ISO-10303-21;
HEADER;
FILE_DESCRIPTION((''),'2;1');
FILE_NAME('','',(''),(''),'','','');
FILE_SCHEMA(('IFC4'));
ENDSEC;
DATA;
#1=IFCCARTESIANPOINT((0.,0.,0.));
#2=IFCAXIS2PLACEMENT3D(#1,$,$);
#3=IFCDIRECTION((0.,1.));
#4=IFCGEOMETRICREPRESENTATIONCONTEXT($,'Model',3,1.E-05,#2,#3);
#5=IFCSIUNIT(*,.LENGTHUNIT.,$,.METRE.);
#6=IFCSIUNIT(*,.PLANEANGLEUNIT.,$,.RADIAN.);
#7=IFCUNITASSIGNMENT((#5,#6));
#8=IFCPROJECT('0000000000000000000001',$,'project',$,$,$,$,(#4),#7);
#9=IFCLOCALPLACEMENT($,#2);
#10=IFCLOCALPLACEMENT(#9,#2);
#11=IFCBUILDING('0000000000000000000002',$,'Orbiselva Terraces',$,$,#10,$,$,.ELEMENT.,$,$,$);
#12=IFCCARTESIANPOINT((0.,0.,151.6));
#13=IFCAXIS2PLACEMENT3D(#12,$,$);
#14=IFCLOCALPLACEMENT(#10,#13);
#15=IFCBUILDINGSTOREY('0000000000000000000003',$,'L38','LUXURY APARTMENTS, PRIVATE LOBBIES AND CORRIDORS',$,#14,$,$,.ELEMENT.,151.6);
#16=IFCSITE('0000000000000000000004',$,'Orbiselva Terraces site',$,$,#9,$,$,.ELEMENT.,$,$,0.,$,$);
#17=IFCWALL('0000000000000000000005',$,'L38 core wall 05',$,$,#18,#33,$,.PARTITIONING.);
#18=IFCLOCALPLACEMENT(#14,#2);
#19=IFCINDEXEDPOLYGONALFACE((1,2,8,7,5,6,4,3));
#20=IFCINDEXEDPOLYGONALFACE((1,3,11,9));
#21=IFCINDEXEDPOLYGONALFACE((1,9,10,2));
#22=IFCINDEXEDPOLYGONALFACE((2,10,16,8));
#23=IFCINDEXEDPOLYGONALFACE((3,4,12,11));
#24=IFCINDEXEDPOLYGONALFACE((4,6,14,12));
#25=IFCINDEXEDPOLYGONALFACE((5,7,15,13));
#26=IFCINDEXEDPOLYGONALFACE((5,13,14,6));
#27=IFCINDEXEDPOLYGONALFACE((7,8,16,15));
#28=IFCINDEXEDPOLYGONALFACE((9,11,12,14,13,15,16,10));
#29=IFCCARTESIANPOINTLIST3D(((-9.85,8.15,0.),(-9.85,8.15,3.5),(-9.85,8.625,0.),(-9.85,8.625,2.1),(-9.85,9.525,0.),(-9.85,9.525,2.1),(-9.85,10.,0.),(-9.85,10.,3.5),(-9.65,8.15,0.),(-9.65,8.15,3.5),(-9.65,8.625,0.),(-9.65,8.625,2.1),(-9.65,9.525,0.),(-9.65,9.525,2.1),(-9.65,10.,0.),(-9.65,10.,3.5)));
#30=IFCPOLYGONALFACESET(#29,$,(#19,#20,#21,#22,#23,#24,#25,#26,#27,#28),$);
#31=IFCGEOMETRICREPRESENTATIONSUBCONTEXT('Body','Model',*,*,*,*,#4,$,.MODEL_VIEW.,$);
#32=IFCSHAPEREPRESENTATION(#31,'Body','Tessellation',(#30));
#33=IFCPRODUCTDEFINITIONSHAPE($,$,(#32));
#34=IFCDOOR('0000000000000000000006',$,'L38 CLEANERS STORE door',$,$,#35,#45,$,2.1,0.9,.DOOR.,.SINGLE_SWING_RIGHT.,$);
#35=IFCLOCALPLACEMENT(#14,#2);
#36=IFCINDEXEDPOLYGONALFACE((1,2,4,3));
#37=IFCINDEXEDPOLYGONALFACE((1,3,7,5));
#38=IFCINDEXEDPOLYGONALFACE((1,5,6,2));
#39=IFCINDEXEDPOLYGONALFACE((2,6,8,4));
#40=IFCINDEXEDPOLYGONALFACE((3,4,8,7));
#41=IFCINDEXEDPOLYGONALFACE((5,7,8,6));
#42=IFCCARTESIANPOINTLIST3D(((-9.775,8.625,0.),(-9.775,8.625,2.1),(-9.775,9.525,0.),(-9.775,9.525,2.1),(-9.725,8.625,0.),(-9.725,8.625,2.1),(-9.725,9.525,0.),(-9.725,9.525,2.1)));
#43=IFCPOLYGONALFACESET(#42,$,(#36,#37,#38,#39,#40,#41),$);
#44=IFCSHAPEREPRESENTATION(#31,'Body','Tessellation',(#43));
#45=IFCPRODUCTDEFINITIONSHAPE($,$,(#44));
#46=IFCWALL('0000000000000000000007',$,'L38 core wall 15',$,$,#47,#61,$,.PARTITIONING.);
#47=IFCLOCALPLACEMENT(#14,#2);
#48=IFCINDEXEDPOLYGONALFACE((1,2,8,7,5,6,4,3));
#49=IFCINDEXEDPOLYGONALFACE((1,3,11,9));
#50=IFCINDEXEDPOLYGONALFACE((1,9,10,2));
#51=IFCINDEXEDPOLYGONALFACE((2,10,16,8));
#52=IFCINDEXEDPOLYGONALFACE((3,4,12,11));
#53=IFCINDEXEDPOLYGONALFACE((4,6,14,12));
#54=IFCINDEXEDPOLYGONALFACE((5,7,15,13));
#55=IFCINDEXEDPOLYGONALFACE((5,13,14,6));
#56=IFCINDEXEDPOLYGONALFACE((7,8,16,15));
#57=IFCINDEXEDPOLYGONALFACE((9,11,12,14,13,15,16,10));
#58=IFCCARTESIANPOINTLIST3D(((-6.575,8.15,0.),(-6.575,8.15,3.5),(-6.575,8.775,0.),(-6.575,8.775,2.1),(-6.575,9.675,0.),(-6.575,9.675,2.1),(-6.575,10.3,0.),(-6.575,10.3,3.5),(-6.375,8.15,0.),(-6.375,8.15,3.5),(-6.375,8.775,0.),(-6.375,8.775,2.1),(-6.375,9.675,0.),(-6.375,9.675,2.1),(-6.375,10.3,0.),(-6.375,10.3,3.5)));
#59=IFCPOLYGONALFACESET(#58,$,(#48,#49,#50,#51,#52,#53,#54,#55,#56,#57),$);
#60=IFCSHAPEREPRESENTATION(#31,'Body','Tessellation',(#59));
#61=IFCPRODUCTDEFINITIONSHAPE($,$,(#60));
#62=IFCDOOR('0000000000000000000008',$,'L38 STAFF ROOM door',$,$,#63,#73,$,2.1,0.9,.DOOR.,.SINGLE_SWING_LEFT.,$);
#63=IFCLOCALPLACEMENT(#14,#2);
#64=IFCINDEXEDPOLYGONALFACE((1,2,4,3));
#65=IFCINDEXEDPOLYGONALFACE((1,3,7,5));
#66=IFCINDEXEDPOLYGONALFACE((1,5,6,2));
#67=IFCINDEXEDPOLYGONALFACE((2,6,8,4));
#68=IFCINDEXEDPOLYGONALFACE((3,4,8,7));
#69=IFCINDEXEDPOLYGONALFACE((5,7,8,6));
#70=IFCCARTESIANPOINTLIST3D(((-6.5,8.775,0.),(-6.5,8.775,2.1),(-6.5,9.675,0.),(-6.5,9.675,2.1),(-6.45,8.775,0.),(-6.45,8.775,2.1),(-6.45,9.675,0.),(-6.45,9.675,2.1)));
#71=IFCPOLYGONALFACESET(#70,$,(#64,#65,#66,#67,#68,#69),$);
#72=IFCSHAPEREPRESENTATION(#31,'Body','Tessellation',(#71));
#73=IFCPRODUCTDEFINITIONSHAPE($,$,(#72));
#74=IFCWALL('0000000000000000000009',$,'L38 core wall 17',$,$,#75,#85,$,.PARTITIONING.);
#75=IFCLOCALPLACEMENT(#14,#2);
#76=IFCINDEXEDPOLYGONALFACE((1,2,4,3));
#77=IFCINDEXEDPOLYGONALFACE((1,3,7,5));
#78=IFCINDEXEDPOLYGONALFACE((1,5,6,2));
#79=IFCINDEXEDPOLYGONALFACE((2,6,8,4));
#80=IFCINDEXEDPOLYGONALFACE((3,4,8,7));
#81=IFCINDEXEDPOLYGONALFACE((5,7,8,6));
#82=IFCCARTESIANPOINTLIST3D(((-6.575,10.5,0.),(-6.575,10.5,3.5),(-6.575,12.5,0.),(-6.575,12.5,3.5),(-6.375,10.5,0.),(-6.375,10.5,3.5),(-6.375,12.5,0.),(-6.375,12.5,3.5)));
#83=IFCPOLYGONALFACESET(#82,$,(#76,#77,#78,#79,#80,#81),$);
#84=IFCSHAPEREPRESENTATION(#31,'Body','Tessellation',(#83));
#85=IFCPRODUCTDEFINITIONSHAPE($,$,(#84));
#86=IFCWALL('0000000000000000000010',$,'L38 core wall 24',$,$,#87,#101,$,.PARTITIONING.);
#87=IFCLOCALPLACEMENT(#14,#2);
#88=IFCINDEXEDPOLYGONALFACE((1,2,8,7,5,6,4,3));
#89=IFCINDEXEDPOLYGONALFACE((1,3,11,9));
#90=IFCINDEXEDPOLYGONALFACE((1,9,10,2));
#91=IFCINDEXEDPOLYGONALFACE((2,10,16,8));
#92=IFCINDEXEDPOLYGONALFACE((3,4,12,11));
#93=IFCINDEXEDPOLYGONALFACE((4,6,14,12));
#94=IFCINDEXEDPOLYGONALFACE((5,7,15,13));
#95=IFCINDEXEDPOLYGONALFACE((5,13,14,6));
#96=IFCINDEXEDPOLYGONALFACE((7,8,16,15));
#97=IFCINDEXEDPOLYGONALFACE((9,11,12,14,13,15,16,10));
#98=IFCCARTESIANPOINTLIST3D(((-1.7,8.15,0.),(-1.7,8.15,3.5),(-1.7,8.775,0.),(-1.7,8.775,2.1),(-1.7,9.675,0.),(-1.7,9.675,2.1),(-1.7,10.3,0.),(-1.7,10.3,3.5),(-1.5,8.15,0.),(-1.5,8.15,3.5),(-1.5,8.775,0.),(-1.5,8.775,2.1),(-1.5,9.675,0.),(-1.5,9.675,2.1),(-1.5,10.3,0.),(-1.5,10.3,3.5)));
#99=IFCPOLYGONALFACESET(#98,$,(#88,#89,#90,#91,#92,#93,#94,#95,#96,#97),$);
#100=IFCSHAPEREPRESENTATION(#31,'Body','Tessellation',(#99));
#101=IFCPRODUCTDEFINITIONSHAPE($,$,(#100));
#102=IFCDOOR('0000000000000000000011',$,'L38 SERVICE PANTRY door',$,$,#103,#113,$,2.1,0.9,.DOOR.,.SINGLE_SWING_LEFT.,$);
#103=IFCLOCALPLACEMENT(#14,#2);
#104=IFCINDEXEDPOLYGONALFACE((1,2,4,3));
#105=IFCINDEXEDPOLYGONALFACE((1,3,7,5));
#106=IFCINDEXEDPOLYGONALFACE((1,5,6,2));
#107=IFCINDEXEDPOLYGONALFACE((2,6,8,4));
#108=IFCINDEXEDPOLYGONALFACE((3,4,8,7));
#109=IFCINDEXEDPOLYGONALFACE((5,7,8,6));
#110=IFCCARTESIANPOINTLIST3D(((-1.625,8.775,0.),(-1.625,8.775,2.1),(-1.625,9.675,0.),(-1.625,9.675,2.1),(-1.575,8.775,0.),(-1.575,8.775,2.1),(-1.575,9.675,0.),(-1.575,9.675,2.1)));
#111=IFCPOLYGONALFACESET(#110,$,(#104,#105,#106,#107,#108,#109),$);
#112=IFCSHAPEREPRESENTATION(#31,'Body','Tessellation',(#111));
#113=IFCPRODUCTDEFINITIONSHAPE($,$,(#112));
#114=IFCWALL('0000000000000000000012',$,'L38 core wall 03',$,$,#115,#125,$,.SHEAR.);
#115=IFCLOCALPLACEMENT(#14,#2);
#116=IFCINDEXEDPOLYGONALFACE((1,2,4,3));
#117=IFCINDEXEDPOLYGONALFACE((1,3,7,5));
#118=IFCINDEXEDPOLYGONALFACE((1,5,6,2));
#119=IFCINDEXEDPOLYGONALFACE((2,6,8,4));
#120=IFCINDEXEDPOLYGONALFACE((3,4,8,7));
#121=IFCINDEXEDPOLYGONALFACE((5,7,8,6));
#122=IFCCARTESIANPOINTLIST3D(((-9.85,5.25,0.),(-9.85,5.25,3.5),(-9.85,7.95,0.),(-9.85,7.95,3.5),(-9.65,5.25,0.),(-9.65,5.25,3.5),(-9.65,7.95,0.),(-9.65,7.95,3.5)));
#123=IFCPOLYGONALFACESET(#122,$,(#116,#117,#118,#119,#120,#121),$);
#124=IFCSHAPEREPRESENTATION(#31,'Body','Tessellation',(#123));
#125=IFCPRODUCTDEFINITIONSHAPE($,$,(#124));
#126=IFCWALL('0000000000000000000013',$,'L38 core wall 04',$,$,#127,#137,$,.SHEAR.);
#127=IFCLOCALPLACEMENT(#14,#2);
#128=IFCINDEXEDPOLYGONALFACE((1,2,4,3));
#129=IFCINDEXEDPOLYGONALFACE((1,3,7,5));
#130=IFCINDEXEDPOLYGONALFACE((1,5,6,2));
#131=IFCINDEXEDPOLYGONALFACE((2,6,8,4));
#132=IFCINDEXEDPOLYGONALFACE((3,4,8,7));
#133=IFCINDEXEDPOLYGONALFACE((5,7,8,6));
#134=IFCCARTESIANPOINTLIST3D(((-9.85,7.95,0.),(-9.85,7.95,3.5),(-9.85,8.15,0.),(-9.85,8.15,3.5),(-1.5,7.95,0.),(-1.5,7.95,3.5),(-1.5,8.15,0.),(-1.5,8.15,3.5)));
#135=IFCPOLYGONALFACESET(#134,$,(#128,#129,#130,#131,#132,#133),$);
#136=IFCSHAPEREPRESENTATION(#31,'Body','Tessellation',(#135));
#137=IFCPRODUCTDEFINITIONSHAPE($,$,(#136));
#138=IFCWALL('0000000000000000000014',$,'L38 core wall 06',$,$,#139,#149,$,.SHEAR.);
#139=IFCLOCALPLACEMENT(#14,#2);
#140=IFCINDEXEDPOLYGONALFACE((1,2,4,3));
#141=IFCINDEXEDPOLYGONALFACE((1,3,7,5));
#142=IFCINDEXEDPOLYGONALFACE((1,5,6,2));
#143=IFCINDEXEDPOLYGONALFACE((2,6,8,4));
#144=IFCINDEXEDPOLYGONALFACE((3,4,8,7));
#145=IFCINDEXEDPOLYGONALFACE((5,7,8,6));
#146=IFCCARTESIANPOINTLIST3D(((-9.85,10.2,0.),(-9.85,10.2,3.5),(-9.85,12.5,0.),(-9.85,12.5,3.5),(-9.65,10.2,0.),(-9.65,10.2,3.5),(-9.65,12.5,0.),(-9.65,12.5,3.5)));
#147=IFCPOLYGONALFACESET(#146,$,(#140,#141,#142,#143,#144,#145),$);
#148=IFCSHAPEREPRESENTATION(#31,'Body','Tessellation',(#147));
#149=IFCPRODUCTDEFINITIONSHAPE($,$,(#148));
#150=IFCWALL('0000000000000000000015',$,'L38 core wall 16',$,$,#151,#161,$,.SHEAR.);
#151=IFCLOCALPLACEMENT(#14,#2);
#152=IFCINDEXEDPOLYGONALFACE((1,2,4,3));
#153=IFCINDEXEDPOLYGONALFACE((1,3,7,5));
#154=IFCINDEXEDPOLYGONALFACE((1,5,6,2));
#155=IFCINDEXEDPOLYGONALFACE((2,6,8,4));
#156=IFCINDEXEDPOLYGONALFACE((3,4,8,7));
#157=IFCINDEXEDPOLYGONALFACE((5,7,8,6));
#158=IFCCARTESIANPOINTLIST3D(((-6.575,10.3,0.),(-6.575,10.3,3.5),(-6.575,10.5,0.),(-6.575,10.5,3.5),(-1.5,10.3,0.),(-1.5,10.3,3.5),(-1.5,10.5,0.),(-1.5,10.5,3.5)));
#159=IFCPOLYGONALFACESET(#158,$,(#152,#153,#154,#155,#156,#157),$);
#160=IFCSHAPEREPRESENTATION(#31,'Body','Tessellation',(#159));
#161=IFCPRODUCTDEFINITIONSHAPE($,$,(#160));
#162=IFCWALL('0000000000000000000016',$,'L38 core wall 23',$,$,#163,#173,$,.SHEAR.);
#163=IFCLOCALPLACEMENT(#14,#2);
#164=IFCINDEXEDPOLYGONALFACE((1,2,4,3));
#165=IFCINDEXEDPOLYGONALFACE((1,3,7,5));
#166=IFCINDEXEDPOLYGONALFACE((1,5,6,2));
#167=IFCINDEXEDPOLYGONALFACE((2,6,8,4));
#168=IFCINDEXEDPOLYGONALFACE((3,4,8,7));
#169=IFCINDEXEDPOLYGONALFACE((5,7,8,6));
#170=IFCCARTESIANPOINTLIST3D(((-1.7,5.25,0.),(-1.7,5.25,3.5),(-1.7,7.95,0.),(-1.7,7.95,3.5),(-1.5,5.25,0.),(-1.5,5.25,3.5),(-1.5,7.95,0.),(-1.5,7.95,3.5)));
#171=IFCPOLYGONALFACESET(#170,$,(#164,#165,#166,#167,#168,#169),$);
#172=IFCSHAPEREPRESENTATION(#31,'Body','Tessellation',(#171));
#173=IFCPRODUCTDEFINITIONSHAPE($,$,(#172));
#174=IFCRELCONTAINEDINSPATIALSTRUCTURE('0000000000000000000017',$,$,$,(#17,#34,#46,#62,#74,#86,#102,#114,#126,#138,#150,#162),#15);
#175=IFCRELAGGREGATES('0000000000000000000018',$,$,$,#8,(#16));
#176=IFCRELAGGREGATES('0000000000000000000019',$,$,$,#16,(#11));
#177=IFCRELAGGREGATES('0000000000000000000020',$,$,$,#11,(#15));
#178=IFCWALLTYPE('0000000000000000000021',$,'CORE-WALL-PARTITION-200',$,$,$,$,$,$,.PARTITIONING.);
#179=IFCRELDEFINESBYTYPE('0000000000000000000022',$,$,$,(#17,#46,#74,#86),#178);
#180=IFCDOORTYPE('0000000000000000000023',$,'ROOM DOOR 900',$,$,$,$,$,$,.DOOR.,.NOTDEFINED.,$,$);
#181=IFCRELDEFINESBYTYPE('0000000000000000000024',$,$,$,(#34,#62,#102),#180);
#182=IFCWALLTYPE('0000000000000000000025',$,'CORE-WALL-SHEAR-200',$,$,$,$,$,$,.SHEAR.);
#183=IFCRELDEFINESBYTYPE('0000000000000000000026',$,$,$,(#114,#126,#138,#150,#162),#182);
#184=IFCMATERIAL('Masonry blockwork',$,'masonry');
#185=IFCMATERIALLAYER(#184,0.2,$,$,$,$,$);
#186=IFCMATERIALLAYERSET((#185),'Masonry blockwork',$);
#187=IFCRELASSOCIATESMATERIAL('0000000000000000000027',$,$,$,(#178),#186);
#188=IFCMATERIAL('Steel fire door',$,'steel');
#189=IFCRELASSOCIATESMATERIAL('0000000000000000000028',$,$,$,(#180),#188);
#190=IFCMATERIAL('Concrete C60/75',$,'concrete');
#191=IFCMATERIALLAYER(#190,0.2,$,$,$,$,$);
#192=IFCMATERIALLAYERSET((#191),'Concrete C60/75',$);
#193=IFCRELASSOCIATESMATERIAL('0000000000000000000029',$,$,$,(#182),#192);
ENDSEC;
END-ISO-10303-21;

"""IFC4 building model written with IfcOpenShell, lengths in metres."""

from ifc_helpers import new_model, si_unit, direction, frame, frame_2d, origin, place, context, subcontext, project, spatial, rectangle, extrude, material, layer, layer_set, type_object, element, fill, save


model = new_model("IFC4")

# Units and contexts
model_context = context("Model", 3, precision=1e-05, world=origin(), true_north=direction((0.0, 1.0)))
body_context = subcontext(model_context, "Body", "Model", "MODEL_VIEW")
ifc_project = project(units=[si_unit("LENGTHUNIT", "METRE"), si_unit("PLANEANGLEUNIT", "RADIAN")], contexts=[model_context])

# Site, building, storey
site_placement = place(None, origin())
site = spatial("IfcSite", under=ifc_project, at=site_placement, Name="Orbiselva Terraces site", CompositionType="ELEMENT", RefElevation=0.0)
building_placement = place(site_placement, origin())
building = spatial("IfcBuilding", under=site, at=building_placement, Name="Orbiselva Terraces", CompositionType="ELEMENT")
storey_placement = place(building_placement, frame((0.0, 0.0, 151.6)))
storey = spatial("IfcBuildingStorey", under=building, at=storey_placement, Name="L38", Description="LUXURY APARTMENTS, PRIVATE LOBBIES AND CORRIDORS", CompositionType="ELEMENT", Elevation=151.6)

# Walls, openings, doors
ifc_material_1 = material(Name="Masonry blockwork", Category="masonry")
ifc_layer_1 = layer(ifc_material_1, 0.2)
ifc_layer_set_1 = layer_set([ifc_layer_1], Name="Masonry blockwork")
wall_type_1 = type_object("IfcWallType", Name="CORE-WALL-PARTITION-200", PredefinedType="PARTITIONING", material=ifc_layer_set_1)
wall_1_placement = place(storey_placement, frame((-9.75, 8.15, 0.0), z_axis=(0.0, 0.0, 1.0), x_axis=(0.0, 1.0, 0.0)))
wall_1 = element("IfcWall", 1, at=wall_1_placement, inside=storey, type_object=wall_type_1, Name="L38 core wall 05", PredefinedType="PARTITIONING", context=body_context, shape_type="SweptSolid", body=[
    extrude(rectangle(XDim=1.85, YDim=0.2, at=frame_2d((0.925, 0.0))), origin(), (0.0, 0.0, 1.0), 3.5),
])
opening_1_placement = place(wall_1_placement, frame((0.475, 0.0, 0.0)))
opening_1 = element("IfcOpeningElement", 2, at=opening_1_placement, cuts=wall_1, PredefinedType="OPENING", context=body_context, shape_type="SweptSolid", body=[
    extrude(rectangle(XDim=0.9, YDim=2.1, at=frame_2d((0.45, 1.05))), frame((0.0, 0.11, 0.0), z_axis=(0.0, -1.0, 0.0), x_axis=(1.0, 0.0, 0.0)), (0.0, 0.0, 1.0), 0.22),
])
ifc_material_2 = material(Name="Steel fire door", Category="steel")
door_type = type_object("IfcDoorType", Name="ROOM DOOR 900", OperationType="NOTDEFINED", PredefinedType="DOOR", material=ifc_material_2)
door_1_placement = place(opening_1_placement, origin())
door_1 = element("IfcDoor", 3, at=door_1_placement, inside=storey, type_object=door_type, Name="L38 CLEANERS STORE door", OperationType="SINGLE_SWING_RIGHT", OverallHeight=2.1, OverallWidth=0.9, PredefinedType="DOOR", context=body_context, shape_type="SweptSolid", body=[
    extrude(rectangle(XDim=0.9, YDim=2.1, at=frame_2d((0.45, 1.05))), frame((0.0, 0.025, 0.0), z_axis=(0.0, -1.0, 0.0), x_axis=(1.0, 0.0, 0.0)), (0.0, 0.0, 1.0), 0.05),
])
fill(opening_1, door_1)
wall_2_placement = place(storey_placement, frame((-6.475, 8.15, 0.0), z_axis=(0.0, 0.0, 1.0), x_axis=(0.0, 1.0, 0.0)))
wall_2 = element("IfcWall", 4, at=wall_2_placement, inside=storey, type_object=wall_type_1, Name="L38 core wall 15", PredefinedType="PARTITIONING", context=body_context, shape_type="SweptSolid", body=[
    extrude(rectangle(XDim=2.15, YDim=0.2, at=frame_2d((1.075, 0.0))), origin(), (0.0, 0.0, 1.0), 3.5),
])
opening_2_placement = place(wall_2_placement, frame((0.625, 0.0, 0.0)))
opening_2 = element("IfcOpeningElement", 5, at=opening_2_placement, cuts=wall_2, PredefinedType="OPENING", context=body_context, shape_type="SweptSolid", body=[
    extrude(rectangle(XDim=0.9, YDim=2.1, at=frame_2d((0.45, 1.05))), frame((0.0, 0.11, 0.0), z_axis=(0.0, -1.0, 0.0), x_axis=(1.0, 0.0, 0.0)), (0.0, 0.0, 1.0), 0.22),
])
door_2_placement = place(opening_2_placement, origin())
door_2 = element("IfcDoor", 6, at=door_2_placement, inside=storey, type_object=door_type, Name="L38 STAFF ROOM door", OperationType="SINGLE_SWING_LEFT", OverallHeight=2.1, OverallWidth=0.9, PredefinedType="DOOR", context=body_context, shape_type="SweptSolid", body=[
    extrude(rectangle(XDim=0.9, YDim=2.1, at=frame_2d((0.45, 1.05))), frame((0.0, 0.025, 0.0), z_axis=(0.0, -1.0, 0.0), x_axis=(1.0, 0.0, 0.0)), (0.0, 0.0, 1.0), 0.05),
])
fill(opening_2, door_2)

# Wall
wall_3_placement = place(storey_placement, frame((-6.475, 10.5, 0.0), z_axis=(0.0, 0.0, 1.0), x_axis=(0.0, 1.0, 0.0)))
element("IfcWall", 7, at=wall_3_placement, inside=storey, type_object=wall_type_1, Name="L38 core wall 17", PredefinedType="PARTITIONING", context=body_context, shape_type="SweptSolid", body=[
    extrude(rectangle(XDim=2.0, YDim=0.2, at=frame_2d((1.0, 0.0))), origin(), (0.0, 0.0, 1.0), 3.5),
])

# Wall, opening, door
wall_4_placement = place(storey_placement, frame((-1.6, 8.15, 0.0), z_axis=(0.0, 0.0, 1.0), x_axis=(0.0, 1.0, 0.0)))
wall_4 = element("IfcWall", 8, at=wall_4_placement, inside=storey, type_object=wall_type_1, Name="L38 core wall 24", PredefinedType="PARTITIONING", context=body_context, shape_type="SweptSolid", body=[
    extrude(rectangle(XDim=2.15, YDim=0.2, at=frame_2d((1.075, 0.0))), origin(), (0.0, 0.0, 1.0), 3.5),
])
opening_3_placement = place(wall_4_placement, frame((0.625, 0.0, 0.0)))
opening_3 = element("IfcOpeningElement", 9, at=opening_3_placement, cuts=wall_4, PredefinedType="OPENING", context=body_context, shape_type="SweptSolid", body=[
    extrude(rectangle(XDim=0.9, YDim=2.1, at=frame_2d((0.45, 1.05))), frame((0.0, 0.11, 0.0), z_axis=(0.0, -1.0, 0.0), x_axis=(1.0, 0.0, 0.0)), (0.0, 0.0, 1.0), 0.22),
])
door_3_placement = place(opening_3_placement, origin())
door_3 = element("IfcDoor", 10, at=door_3_placement, inside=storey, type_object=door_type, Name="L38 SERVICE PANTRY door", OperationType="SINGLE_SWING_LEFT", OverallHeight=2.1, OverallWidth=0.9, PredefinedType="DOOR", context=body_context, shape_type="SweptSolid", body=[
    extrude(rectangle(XDim=0.9, YDim=2.1, at=frame_2d((0.45, 1.05))), frame((0.0, 0.025, 0.0), z_axis=(0.0, -1.0, 0.0), x_axis=(1.0, 0.0, 0.0)), (0.0, 0.0, 1.0), 0.05),
])
fill(opening_3, door_3)

# Walls
ifc_material_3 = material(Name="Concrete C60/75", Category="concrete")
ifc_layer_2 = layer(ifc_material_3, 0.2)
ifc_layer_set_2 = layer_set([ifc_layer_2], Name="Concrete C60/75")
wall_type_2 = type_object("IfcWallType", Name="CORE-WALL-SHEAR-200", PredefinedType="SHEAR", material=ifc_layer_set_2)
wall_5_placement = place(storey_placement, frame((-9.75, 5.25, 0.0), z_axis=(0.0, 0.0, 1.0), x_axis=(0.0, 1.0, 0.0)))
element("IfcWall", 11, at=wall_5_placement, inside=storey, type_object=wall_type_2, Name="L38 core wall 03", PredefinedType="SHEAR", context=body_context, shape_type="SweptSolid", body=[
    extrude(rectangle(XDim=2.7, YDim=0.2, at=frame_2d((1.35, 0.0))), origin(), (0.0, 0.0, 1.0), 3.5),
])
wall_6_placement = place(storey_placement, frame((-9.85, 8.05, 0.0), z_axis=(0.0, 0.0, 1.0), x_axis=(1.0, 0.0, 0.0)))
element("IfcWall", 12, at=wall_6_placement, inside=storey, type_object=wall_type_2, Name="L38 core wall 04", PredefinedType="SHEAR", context=body_context, shape_type="SweptSolid", body=[
    extrude(rectangle(XDim=8.35, YDim=0.2, at=frame_2d((4.175, 0.0))), origin(), (0.0, 0.0, 1.0), 3.5),
])
wall_7_placement = place(storey_placement, frame((-9.75, 10.2, 0.0), z_axis=(0.0, 0.0, 1.0), x_axis=(0.0, 1.0, 0.0)))
element("IfcWall", 13, at=wall_7_placement, inside=storey, type_object=wall_type_2, Name="L38 core wall 06", PredefinedType="SHEAR", context=body_context, shape_type="SweptSolid", body=[
    extrude(rectangle(XDim=2.3, YDim=0.2, at=frame_2d((1.15, 0.0))), origin(), (0.0, 0.0, 1.0), 3.5),
])
wall_8_placement = place(storey_placement, frame((-6.575, 10.4, 0.0), z_axis=(0.0, 0.0, 1.0), x_axis=(1.0, 0.0, 0.0)))
element("IfcWall", 14, at=wall_8_placement, inside=storey, type_object=wall_type_2, Name="L38 core wall 16", PredefinedType="SHEAR", context=body_context, shape_type="SweptSolid", body=[
    extrude(rectangle(XDim=5.075, YDim=0.2, at=frame_2d((2.5375, 0.0))), origin(), (0.0, 0.0, 1.0), 3.5),
])
wall_9_placement = place(storey_placement, frame((-1.6, 5.25, 0.0), z_axis=(0.0, 0.0, 1.0), x_axis=(0.0, 1.0, 0.0)))
element("IfcWall", 15, at=wall_9_placement, inside=storey, type_object=wall_type_2, Name="L38 core wall 23", PredefinedType="SHEAR", context=body_context, shape_type="SweptSolid", body=[
    extrude(rectangle(XDim=2.7, YDim=0.2, at=frame_2d((1.35, 0.0))), origin(), (0.0, 0.0, 1.0), 3.5),
])

save(model, "model.ifc")
